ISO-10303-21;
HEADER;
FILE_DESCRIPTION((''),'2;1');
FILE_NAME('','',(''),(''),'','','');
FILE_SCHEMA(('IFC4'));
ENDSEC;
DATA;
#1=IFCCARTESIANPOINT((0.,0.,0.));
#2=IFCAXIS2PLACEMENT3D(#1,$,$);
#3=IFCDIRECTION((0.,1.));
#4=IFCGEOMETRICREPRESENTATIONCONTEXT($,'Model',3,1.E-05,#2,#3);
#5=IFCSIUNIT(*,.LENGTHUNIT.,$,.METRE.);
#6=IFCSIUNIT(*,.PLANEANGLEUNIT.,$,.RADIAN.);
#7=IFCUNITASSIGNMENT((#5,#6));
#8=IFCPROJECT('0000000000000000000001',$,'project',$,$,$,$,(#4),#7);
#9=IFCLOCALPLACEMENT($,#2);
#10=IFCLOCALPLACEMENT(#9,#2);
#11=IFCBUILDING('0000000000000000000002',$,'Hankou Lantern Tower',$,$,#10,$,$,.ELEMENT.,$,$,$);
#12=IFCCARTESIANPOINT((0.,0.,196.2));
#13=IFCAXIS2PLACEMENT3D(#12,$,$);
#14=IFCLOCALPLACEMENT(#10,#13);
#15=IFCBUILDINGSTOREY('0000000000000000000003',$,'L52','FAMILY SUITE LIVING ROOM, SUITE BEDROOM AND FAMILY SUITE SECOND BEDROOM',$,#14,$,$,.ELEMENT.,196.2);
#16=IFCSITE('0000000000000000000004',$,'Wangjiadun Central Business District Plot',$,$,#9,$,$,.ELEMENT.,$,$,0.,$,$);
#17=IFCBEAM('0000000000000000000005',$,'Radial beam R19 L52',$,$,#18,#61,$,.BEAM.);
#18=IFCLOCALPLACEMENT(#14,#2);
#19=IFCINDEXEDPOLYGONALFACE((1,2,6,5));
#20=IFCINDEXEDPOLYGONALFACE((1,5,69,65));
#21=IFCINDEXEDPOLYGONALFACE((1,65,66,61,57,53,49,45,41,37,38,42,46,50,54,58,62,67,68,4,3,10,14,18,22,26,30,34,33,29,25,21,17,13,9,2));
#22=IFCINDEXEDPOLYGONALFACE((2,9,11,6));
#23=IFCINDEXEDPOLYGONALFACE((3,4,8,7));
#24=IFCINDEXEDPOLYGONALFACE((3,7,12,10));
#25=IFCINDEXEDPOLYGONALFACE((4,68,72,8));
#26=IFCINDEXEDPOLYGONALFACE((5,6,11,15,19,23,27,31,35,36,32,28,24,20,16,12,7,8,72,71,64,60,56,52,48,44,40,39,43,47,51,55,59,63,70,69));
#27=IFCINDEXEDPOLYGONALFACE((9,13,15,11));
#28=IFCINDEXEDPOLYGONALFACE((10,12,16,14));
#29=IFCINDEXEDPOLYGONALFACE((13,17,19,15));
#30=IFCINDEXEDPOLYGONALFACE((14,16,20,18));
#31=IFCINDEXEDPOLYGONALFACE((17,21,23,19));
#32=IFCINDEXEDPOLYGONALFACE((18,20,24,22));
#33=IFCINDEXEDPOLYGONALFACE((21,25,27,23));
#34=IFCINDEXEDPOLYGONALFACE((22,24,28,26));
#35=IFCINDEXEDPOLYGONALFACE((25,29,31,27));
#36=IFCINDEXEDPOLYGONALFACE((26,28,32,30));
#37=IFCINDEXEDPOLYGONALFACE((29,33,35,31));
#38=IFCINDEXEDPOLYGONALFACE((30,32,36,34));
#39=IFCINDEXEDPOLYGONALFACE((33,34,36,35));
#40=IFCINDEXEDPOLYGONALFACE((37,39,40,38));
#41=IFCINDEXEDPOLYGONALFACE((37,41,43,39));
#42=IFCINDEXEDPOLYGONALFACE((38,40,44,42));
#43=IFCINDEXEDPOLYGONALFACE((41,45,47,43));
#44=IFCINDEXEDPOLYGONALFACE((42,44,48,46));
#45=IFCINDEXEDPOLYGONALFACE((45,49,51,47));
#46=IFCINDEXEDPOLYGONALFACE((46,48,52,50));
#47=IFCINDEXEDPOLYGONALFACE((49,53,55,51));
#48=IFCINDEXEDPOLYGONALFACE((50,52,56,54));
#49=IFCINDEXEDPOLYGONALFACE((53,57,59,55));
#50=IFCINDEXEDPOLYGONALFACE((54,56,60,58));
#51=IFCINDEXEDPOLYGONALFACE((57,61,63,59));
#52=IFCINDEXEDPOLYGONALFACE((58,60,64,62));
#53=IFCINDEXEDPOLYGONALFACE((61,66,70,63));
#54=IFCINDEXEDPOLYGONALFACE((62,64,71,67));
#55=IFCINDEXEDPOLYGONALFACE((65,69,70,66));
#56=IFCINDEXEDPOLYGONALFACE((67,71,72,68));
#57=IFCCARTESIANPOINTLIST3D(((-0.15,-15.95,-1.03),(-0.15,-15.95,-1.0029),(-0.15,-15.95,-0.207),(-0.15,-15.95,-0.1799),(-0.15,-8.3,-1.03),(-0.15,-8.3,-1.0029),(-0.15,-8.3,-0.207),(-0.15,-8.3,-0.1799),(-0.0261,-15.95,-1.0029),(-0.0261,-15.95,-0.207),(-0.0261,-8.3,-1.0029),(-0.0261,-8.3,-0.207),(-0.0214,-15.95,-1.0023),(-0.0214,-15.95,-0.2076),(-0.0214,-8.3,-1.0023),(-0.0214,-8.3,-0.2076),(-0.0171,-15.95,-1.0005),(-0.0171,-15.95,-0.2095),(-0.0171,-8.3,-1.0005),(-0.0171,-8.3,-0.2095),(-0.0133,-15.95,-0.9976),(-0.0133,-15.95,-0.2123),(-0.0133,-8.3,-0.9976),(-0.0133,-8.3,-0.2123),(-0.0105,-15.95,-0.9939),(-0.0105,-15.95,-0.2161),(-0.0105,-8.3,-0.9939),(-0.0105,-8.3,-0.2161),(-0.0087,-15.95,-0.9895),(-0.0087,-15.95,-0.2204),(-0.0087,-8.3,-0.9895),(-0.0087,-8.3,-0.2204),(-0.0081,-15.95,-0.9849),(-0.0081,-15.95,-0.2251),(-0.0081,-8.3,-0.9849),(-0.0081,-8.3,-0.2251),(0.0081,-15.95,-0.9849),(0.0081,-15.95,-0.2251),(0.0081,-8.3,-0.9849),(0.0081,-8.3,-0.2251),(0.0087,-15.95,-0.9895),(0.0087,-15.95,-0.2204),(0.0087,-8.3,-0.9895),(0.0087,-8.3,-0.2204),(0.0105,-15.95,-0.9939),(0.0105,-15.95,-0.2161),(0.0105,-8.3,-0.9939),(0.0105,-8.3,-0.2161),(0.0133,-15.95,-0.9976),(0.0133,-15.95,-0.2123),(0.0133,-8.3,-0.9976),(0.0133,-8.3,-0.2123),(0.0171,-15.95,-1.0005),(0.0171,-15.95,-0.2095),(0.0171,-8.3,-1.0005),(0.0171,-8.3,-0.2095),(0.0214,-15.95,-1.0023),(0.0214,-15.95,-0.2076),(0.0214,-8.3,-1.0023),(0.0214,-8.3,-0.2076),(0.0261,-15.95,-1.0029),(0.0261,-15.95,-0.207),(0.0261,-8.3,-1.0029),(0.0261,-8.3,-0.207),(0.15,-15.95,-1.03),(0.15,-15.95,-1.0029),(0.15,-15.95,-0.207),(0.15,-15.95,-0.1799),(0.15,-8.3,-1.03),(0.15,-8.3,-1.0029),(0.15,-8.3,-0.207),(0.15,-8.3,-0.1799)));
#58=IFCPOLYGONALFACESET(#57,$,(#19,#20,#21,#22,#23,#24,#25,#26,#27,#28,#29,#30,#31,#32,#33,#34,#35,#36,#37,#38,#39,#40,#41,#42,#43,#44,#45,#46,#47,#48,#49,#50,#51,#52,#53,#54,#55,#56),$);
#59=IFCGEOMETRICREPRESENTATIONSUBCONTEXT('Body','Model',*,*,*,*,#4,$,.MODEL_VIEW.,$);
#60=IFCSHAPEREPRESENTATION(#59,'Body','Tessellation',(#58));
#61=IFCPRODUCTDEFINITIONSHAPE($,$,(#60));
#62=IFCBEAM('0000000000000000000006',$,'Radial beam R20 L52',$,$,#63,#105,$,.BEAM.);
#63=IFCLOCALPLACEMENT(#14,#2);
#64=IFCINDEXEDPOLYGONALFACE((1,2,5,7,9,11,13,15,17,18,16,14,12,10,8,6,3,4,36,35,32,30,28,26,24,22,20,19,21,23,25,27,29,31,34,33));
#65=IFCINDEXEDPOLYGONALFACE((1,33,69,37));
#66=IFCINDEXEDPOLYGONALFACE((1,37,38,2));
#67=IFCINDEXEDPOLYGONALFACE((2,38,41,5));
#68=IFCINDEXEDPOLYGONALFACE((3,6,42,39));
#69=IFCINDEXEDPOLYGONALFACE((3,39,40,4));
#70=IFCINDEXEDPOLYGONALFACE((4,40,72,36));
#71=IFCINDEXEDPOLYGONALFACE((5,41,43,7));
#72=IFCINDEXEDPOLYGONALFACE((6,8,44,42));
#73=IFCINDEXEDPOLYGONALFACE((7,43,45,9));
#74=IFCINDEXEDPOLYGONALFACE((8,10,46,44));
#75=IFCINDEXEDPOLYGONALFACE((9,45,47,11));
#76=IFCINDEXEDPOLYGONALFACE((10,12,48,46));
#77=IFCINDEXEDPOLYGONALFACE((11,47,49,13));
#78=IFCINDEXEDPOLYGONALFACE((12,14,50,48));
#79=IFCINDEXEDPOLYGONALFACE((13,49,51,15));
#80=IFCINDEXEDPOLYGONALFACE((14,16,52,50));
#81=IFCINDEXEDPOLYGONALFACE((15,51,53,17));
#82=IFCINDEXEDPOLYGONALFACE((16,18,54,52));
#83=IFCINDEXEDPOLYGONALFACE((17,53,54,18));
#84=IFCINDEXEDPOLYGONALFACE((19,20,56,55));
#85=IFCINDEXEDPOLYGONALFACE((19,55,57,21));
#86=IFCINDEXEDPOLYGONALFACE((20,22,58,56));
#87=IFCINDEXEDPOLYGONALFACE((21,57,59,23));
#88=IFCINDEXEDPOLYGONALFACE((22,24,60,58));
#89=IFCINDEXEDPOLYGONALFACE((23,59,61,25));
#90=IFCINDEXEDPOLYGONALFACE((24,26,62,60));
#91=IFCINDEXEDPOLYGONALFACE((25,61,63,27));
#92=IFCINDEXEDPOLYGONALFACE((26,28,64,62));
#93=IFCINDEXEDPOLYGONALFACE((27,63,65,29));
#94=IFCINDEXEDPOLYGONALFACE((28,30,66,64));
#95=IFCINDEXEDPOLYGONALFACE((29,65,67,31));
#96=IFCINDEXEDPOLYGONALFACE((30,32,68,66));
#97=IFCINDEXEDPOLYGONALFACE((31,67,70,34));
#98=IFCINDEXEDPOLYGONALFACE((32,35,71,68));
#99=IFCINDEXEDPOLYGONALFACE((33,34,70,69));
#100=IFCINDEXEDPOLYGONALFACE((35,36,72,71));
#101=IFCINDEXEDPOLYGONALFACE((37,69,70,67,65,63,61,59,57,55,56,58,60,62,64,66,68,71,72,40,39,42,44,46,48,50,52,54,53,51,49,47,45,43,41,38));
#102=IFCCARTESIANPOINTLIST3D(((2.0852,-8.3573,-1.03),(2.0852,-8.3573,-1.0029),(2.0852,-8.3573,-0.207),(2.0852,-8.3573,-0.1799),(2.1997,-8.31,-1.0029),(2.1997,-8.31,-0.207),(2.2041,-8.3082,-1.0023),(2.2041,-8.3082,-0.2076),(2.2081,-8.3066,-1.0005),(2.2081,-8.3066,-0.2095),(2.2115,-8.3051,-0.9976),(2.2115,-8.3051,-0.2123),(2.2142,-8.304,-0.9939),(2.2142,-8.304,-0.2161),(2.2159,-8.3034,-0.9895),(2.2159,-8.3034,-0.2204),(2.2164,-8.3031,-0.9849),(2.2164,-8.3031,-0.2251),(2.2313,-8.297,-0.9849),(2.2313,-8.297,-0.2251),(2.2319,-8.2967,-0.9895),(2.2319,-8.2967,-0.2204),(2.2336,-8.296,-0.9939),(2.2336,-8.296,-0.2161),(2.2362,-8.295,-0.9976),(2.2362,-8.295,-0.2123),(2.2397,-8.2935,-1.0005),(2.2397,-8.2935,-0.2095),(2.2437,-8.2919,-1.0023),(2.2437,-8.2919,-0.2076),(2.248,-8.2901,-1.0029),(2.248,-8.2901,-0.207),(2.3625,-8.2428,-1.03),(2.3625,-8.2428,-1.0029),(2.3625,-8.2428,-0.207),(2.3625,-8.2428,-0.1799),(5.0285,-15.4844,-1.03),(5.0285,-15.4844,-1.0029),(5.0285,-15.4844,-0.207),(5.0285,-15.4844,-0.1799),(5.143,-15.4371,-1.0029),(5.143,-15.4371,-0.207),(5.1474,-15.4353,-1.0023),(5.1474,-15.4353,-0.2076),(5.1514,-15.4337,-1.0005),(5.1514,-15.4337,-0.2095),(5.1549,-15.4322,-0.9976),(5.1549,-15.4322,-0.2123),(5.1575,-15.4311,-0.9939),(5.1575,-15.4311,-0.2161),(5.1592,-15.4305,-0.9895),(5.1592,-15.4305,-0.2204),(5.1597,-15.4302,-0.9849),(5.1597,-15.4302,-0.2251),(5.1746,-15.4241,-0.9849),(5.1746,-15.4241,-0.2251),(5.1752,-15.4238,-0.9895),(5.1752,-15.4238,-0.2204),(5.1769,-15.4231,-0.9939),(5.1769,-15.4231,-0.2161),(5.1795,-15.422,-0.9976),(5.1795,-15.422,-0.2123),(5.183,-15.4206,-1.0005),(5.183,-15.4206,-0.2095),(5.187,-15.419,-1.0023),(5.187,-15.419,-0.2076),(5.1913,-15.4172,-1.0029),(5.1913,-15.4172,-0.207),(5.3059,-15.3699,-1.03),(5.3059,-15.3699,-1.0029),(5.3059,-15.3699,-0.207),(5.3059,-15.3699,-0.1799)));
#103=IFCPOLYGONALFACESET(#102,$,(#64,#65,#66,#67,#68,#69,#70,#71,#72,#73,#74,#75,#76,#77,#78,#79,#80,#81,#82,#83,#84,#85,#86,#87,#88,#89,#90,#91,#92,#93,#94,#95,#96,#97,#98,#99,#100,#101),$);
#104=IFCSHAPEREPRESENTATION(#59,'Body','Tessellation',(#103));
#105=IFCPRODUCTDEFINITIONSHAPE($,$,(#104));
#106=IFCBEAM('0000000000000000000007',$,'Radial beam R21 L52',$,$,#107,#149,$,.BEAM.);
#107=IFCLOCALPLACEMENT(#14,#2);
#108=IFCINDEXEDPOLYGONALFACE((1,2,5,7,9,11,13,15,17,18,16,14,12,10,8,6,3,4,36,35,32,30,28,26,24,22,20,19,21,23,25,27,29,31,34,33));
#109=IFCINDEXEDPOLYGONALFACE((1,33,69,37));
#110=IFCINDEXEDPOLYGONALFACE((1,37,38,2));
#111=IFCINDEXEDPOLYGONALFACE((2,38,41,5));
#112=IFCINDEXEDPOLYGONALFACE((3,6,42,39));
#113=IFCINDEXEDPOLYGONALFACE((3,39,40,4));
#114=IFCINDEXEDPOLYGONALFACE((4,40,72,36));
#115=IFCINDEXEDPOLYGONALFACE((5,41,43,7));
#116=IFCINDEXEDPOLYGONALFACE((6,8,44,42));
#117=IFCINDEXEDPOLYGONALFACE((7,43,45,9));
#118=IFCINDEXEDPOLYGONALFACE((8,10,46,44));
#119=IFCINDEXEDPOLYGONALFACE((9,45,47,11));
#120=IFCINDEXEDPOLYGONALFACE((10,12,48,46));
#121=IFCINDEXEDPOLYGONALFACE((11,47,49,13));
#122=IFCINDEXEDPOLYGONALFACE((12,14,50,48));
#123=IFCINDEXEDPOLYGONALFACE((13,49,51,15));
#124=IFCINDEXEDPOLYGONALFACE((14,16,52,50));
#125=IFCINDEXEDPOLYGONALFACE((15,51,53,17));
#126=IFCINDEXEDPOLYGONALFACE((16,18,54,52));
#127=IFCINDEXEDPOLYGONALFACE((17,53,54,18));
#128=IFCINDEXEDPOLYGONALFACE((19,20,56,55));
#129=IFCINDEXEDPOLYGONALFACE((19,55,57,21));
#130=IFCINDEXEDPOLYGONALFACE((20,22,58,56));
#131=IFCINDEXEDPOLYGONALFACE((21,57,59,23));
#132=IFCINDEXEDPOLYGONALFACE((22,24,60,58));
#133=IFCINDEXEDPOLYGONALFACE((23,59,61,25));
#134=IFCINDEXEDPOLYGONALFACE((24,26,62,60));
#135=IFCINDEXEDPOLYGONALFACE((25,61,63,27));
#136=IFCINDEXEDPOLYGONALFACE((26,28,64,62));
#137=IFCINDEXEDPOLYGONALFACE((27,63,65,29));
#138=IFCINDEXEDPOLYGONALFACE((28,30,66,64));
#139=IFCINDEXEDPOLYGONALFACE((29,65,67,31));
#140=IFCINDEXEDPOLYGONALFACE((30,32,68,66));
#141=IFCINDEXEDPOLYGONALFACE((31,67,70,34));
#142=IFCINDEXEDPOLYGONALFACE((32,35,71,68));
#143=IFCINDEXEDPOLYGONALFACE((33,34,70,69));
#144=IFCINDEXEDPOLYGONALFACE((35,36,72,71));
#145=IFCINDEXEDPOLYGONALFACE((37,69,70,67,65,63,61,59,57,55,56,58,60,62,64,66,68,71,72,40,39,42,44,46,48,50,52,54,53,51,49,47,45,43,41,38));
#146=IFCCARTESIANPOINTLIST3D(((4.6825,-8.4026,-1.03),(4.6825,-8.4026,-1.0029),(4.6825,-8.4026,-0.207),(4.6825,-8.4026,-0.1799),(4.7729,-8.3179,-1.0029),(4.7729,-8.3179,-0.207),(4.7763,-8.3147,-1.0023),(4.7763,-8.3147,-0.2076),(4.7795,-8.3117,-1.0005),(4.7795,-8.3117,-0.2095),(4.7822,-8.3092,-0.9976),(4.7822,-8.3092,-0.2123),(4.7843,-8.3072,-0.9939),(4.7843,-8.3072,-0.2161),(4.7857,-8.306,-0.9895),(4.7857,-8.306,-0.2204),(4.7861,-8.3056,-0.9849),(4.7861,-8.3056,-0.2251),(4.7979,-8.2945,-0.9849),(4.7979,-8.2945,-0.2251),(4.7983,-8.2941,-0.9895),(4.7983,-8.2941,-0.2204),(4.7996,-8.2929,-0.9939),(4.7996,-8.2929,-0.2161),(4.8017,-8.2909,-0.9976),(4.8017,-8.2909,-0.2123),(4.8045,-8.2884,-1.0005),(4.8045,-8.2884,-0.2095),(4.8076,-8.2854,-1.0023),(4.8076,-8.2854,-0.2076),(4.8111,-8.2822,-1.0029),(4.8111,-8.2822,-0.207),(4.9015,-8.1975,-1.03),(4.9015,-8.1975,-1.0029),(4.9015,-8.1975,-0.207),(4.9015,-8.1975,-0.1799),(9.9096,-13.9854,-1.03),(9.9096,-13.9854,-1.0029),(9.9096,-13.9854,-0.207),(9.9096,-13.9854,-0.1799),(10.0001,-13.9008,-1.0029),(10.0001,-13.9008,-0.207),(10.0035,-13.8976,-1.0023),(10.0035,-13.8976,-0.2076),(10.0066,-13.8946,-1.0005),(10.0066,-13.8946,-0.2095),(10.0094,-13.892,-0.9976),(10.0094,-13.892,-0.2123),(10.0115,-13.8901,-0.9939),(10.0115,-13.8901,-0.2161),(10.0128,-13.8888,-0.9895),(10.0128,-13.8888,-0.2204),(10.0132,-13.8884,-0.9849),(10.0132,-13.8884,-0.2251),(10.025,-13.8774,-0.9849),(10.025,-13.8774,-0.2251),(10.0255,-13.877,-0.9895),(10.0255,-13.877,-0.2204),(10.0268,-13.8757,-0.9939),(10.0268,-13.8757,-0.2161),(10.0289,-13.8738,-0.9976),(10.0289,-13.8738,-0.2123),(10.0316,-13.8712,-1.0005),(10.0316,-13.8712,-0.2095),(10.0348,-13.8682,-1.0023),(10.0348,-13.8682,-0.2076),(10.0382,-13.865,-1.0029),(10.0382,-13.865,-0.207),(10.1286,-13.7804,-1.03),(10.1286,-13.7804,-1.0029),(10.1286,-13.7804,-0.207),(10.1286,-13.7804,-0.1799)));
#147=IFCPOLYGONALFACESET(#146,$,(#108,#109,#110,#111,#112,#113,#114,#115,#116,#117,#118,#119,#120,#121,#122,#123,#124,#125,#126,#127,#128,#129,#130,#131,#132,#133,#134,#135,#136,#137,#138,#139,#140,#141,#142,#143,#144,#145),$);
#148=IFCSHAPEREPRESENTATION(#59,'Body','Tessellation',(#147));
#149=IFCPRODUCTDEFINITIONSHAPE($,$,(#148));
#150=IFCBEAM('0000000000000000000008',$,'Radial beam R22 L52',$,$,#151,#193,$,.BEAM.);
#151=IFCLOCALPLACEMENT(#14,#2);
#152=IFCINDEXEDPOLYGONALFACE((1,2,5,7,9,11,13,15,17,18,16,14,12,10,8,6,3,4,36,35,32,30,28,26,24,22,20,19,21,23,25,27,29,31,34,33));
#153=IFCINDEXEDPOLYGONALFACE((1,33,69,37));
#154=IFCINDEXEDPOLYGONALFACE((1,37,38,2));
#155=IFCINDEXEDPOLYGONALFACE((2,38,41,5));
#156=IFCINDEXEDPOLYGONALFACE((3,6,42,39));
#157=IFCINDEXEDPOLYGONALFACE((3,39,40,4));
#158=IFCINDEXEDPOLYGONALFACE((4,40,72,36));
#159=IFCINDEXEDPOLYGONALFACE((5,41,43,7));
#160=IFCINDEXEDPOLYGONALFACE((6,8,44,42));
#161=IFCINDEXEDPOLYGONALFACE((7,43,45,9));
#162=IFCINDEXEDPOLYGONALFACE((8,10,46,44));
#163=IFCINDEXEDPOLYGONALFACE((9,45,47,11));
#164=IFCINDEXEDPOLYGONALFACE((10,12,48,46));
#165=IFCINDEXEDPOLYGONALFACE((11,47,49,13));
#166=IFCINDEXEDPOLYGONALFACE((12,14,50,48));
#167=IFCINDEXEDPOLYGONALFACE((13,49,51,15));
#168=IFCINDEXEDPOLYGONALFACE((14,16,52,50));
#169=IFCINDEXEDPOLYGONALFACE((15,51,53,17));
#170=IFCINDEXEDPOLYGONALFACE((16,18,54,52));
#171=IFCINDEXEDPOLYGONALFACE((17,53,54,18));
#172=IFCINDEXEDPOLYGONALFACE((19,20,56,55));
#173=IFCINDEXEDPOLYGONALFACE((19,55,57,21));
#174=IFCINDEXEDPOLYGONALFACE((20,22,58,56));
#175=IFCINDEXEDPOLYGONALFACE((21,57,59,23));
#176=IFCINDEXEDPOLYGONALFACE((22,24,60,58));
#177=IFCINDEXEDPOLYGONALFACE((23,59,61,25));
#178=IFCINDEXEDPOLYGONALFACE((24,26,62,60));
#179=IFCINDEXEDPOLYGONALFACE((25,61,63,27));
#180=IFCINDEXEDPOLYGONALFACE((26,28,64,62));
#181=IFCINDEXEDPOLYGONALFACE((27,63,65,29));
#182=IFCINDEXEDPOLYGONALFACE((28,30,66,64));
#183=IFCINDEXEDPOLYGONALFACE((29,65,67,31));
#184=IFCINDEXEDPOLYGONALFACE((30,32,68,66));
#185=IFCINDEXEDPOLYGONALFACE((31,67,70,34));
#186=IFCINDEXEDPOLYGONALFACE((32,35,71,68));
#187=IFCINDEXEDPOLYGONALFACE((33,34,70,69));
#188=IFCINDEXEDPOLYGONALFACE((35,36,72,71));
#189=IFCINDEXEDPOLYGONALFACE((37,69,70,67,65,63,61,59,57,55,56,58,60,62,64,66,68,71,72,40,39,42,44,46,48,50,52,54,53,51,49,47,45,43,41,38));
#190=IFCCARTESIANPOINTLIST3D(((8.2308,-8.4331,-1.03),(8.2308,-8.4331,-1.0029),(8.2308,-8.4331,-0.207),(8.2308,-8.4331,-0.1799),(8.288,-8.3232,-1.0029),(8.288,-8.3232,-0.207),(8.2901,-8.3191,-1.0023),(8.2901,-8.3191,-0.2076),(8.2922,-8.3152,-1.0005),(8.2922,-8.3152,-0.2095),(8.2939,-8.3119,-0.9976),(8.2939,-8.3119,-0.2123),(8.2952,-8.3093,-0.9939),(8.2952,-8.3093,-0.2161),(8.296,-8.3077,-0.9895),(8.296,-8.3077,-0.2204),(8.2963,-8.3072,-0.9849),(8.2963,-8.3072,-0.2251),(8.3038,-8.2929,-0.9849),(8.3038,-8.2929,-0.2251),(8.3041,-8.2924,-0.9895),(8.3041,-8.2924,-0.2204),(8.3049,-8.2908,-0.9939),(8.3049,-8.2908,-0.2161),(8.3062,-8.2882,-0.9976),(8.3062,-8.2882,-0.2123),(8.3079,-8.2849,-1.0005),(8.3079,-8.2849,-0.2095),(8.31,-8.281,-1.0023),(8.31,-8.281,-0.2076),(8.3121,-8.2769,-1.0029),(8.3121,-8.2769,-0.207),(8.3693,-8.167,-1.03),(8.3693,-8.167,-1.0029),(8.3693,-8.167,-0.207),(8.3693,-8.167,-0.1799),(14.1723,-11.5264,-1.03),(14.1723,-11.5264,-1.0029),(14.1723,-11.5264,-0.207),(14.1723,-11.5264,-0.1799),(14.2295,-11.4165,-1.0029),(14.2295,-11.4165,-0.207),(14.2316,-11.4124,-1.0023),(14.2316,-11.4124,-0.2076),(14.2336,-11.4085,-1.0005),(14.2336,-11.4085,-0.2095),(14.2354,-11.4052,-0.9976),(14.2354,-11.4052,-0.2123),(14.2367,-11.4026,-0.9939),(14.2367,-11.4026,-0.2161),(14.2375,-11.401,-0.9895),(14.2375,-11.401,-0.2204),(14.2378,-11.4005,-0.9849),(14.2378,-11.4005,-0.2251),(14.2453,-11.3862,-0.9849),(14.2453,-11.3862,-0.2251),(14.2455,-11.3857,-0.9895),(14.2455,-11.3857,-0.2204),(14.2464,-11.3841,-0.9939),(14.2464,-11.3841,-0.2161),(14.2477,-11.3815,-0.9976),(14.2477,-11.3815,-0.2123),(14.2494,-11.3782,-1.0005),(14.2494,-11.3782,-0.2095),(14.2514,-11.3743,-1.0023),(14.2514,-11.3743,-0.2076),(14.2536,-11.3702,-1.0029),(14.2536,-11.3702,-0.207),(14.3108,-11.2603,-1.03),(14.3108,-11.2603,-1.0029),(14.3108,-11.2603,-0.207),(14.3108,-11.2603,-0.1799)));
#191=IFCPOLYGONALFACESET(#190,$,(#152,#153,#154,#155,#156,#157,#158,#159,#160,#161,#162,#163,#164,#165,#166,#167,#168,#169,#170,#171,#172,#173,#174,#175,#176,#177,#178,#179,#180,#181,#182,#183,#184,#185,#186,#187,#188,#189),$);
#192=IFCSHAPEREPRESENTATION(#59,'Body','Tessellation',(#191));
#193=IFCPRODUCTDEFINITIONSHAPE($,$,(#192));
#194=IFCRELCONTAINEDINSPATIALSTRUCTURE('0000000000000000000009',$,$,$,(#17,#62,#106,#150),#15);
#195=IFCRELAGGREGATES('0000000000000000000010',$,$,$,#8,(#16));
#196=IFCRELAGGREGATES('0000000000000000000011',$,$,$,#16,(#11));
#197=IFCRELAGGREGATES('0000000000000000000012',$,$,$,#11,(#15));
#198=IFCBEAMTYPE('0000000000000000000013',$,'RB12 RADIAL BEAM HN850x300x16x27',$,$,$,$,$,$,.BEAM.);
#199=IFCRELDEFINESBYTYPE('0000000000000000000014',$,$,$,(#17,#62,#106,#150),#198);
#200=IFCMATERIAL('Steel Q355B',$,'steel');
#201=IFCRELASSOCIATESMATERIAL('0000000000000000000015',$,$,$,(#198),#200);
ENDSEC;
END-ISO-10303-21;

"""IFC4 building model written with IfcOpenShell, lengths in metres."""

from ifc_helpers import new_model, si_unit, direction, frame, origin, origin_2d, place, context, subcontext, project, spatial, i_section, extrude, material, material_profile, profile_set, type_object, element, save


model = new_model("IFC4")

# Units and contexts
model_context = context("Model", 3, precision=1e-05, world=origin(), true_north=direction((0.0, 1.0)))
body_context = subcontext(model_context, "Body", "Model", "MODEL_VIEW")
ifc_project = project(units=[si_unit("LENGTHUNIT", "METRE"), si_unit("PLANEANGLEUNIT", "RADIAN")], contexts=[model_context])

# Site, building, storey
site_placement = place(None, origin())
site = spatial("IfcSite", under=ifc_project, at=site_placement, Name="Wangjiadun Central Business District Plot", CompositionType="ELEMENT", RefElevation=0.0)
building_placement = place(site_placement, origin())
building = spatial("IfcBuilding", under=site, at=building_placement, Name="Hankou Lantern Tower", CompositionType="ELEMENT")
storey_placement = place(building_placement, frame((0.0, 0.0, 196.2)))
storey = spatial("IfcBuildingStorey", under=building, at=storey_placement, Name="L52", Description="FAMILY SUITE LIVING ROOM, SUITE BEDROOM AND FAMILY SUITE SECOND BEDROOM", CompositionType="ELEMENT", Elevation=196.2)

# Beams
ifc_material_1 = material(Name="Steel Q355B", Category="steel")
ifc_material_profile_1 = material_profile(ifc_material_1, i_section(OverallWidth=0.3, OverallDepth=0.8501, WebThickness=0.0161, FlangeThickness=0.0271, FilletRadius=0.0181, at=origin_2d()), Name="HN850x300x16x27")
ifc_profile_set_1 = profile_set([ifc_material_profile_1], Name="Steel Q355B")
beam_type_1 = type_object("IfcBeamType", Name="RB12 RADIAL BEAM HN850x300x16x27", PredefinedType="BEAM", material=ifc_profile_set_1)
beam_1_placement = place(storey_placement, frame((0.0, -8.3, -0.605), z_axis=(0.0, -1.0, 0.0), x_axis=(1.0, 0.0, 0.0)))
element("IfcBeam", 1, at=beam_1_placement, inside=storey, type_object=beam_type_1, Name="Radial beam R19 L52", PredefinedType="BEAM", context=body_context, shape_type="SweptSolid", body=[
    extrude(i_section(OverallWidth=0.3, OverallDepth=0.8501, WebThickness=0.0161, FlangeThickness=0.0271, FilletRadius=0.0181, at=origin_2d()), origin(), (0.0, 0.0, 1.0), 7.6499),
])
beam_2_placement = place(storey_placement, frame((2.2239, -8.3, -0.605), z_axis=(0.381707, -0.924284, 0.0), x_axis=(0.924284, 0.381707, 0.0)))
element("IfcBeam", 2, at=beam_2_placement, inside=storey, type_object=beam_type_1, Name="Radial beam R20 L52", PredefinedType="BEAM", context=body_context, shape_type="SweptSolid", body=[
    extrude(i_section(OverallWidth=0.3, OverallDepth=0.8501, WebThickness=0.0161, FlangeThickness=0.0271, FilletRadius=0.0181, at=origin_2d()), origin(), (0.0, 0.0, 1.0), 7.7109),
])
beam_3_placement = place(storey_placement, frame((4.792, -8.3, -0.605), z_axis=(0.683468, -0.72998, 0.0), x_axis=(0.72998, 0.683468, 0.0)))
element("IfcBeam", 3, at=beam_3_placement, inside=storey, type_object=beam_type_1, Name="Radial beam R21 L52", PredefinedType="BEAM", context=body_context, shape_type="SweptSolid", body=[
    extrude(i_section(OverallWidth=0.3, OverallDepth=0.8501, WebThickness=0.0161, FlangeThickness=0.0271, FilletRadius=0.0181, at=origin_2d()), origin(), (0.0, 0.0, 1.0), 7.6479),
])
beam_4_placement = place(storey_placement, frame((8.3, -8.3, -0.605), z_axis=(0.886989, -0.461791, 0.0), x_axis=(0.461791, 0.886989, 0.0)))
element("IfcBeam", 4, at=beam_4_placement, inside=storey, type_object=beam_type_1, Name="Radial beam R22 L52", PredefinedType="BEAM", context=body_context, shape_type="SweptSolid", body=[
    extrude(i_section(OverallWidth=0.3, OverallDepth=0.8501, WebThickness=0.0161, FlangeThickness=0.0271, FilletRadius=0.0181, at=origin_2d()), origin(), (0.0, 0.0, 1.0), 6.6985),
])

save(model, "model.ifc")
